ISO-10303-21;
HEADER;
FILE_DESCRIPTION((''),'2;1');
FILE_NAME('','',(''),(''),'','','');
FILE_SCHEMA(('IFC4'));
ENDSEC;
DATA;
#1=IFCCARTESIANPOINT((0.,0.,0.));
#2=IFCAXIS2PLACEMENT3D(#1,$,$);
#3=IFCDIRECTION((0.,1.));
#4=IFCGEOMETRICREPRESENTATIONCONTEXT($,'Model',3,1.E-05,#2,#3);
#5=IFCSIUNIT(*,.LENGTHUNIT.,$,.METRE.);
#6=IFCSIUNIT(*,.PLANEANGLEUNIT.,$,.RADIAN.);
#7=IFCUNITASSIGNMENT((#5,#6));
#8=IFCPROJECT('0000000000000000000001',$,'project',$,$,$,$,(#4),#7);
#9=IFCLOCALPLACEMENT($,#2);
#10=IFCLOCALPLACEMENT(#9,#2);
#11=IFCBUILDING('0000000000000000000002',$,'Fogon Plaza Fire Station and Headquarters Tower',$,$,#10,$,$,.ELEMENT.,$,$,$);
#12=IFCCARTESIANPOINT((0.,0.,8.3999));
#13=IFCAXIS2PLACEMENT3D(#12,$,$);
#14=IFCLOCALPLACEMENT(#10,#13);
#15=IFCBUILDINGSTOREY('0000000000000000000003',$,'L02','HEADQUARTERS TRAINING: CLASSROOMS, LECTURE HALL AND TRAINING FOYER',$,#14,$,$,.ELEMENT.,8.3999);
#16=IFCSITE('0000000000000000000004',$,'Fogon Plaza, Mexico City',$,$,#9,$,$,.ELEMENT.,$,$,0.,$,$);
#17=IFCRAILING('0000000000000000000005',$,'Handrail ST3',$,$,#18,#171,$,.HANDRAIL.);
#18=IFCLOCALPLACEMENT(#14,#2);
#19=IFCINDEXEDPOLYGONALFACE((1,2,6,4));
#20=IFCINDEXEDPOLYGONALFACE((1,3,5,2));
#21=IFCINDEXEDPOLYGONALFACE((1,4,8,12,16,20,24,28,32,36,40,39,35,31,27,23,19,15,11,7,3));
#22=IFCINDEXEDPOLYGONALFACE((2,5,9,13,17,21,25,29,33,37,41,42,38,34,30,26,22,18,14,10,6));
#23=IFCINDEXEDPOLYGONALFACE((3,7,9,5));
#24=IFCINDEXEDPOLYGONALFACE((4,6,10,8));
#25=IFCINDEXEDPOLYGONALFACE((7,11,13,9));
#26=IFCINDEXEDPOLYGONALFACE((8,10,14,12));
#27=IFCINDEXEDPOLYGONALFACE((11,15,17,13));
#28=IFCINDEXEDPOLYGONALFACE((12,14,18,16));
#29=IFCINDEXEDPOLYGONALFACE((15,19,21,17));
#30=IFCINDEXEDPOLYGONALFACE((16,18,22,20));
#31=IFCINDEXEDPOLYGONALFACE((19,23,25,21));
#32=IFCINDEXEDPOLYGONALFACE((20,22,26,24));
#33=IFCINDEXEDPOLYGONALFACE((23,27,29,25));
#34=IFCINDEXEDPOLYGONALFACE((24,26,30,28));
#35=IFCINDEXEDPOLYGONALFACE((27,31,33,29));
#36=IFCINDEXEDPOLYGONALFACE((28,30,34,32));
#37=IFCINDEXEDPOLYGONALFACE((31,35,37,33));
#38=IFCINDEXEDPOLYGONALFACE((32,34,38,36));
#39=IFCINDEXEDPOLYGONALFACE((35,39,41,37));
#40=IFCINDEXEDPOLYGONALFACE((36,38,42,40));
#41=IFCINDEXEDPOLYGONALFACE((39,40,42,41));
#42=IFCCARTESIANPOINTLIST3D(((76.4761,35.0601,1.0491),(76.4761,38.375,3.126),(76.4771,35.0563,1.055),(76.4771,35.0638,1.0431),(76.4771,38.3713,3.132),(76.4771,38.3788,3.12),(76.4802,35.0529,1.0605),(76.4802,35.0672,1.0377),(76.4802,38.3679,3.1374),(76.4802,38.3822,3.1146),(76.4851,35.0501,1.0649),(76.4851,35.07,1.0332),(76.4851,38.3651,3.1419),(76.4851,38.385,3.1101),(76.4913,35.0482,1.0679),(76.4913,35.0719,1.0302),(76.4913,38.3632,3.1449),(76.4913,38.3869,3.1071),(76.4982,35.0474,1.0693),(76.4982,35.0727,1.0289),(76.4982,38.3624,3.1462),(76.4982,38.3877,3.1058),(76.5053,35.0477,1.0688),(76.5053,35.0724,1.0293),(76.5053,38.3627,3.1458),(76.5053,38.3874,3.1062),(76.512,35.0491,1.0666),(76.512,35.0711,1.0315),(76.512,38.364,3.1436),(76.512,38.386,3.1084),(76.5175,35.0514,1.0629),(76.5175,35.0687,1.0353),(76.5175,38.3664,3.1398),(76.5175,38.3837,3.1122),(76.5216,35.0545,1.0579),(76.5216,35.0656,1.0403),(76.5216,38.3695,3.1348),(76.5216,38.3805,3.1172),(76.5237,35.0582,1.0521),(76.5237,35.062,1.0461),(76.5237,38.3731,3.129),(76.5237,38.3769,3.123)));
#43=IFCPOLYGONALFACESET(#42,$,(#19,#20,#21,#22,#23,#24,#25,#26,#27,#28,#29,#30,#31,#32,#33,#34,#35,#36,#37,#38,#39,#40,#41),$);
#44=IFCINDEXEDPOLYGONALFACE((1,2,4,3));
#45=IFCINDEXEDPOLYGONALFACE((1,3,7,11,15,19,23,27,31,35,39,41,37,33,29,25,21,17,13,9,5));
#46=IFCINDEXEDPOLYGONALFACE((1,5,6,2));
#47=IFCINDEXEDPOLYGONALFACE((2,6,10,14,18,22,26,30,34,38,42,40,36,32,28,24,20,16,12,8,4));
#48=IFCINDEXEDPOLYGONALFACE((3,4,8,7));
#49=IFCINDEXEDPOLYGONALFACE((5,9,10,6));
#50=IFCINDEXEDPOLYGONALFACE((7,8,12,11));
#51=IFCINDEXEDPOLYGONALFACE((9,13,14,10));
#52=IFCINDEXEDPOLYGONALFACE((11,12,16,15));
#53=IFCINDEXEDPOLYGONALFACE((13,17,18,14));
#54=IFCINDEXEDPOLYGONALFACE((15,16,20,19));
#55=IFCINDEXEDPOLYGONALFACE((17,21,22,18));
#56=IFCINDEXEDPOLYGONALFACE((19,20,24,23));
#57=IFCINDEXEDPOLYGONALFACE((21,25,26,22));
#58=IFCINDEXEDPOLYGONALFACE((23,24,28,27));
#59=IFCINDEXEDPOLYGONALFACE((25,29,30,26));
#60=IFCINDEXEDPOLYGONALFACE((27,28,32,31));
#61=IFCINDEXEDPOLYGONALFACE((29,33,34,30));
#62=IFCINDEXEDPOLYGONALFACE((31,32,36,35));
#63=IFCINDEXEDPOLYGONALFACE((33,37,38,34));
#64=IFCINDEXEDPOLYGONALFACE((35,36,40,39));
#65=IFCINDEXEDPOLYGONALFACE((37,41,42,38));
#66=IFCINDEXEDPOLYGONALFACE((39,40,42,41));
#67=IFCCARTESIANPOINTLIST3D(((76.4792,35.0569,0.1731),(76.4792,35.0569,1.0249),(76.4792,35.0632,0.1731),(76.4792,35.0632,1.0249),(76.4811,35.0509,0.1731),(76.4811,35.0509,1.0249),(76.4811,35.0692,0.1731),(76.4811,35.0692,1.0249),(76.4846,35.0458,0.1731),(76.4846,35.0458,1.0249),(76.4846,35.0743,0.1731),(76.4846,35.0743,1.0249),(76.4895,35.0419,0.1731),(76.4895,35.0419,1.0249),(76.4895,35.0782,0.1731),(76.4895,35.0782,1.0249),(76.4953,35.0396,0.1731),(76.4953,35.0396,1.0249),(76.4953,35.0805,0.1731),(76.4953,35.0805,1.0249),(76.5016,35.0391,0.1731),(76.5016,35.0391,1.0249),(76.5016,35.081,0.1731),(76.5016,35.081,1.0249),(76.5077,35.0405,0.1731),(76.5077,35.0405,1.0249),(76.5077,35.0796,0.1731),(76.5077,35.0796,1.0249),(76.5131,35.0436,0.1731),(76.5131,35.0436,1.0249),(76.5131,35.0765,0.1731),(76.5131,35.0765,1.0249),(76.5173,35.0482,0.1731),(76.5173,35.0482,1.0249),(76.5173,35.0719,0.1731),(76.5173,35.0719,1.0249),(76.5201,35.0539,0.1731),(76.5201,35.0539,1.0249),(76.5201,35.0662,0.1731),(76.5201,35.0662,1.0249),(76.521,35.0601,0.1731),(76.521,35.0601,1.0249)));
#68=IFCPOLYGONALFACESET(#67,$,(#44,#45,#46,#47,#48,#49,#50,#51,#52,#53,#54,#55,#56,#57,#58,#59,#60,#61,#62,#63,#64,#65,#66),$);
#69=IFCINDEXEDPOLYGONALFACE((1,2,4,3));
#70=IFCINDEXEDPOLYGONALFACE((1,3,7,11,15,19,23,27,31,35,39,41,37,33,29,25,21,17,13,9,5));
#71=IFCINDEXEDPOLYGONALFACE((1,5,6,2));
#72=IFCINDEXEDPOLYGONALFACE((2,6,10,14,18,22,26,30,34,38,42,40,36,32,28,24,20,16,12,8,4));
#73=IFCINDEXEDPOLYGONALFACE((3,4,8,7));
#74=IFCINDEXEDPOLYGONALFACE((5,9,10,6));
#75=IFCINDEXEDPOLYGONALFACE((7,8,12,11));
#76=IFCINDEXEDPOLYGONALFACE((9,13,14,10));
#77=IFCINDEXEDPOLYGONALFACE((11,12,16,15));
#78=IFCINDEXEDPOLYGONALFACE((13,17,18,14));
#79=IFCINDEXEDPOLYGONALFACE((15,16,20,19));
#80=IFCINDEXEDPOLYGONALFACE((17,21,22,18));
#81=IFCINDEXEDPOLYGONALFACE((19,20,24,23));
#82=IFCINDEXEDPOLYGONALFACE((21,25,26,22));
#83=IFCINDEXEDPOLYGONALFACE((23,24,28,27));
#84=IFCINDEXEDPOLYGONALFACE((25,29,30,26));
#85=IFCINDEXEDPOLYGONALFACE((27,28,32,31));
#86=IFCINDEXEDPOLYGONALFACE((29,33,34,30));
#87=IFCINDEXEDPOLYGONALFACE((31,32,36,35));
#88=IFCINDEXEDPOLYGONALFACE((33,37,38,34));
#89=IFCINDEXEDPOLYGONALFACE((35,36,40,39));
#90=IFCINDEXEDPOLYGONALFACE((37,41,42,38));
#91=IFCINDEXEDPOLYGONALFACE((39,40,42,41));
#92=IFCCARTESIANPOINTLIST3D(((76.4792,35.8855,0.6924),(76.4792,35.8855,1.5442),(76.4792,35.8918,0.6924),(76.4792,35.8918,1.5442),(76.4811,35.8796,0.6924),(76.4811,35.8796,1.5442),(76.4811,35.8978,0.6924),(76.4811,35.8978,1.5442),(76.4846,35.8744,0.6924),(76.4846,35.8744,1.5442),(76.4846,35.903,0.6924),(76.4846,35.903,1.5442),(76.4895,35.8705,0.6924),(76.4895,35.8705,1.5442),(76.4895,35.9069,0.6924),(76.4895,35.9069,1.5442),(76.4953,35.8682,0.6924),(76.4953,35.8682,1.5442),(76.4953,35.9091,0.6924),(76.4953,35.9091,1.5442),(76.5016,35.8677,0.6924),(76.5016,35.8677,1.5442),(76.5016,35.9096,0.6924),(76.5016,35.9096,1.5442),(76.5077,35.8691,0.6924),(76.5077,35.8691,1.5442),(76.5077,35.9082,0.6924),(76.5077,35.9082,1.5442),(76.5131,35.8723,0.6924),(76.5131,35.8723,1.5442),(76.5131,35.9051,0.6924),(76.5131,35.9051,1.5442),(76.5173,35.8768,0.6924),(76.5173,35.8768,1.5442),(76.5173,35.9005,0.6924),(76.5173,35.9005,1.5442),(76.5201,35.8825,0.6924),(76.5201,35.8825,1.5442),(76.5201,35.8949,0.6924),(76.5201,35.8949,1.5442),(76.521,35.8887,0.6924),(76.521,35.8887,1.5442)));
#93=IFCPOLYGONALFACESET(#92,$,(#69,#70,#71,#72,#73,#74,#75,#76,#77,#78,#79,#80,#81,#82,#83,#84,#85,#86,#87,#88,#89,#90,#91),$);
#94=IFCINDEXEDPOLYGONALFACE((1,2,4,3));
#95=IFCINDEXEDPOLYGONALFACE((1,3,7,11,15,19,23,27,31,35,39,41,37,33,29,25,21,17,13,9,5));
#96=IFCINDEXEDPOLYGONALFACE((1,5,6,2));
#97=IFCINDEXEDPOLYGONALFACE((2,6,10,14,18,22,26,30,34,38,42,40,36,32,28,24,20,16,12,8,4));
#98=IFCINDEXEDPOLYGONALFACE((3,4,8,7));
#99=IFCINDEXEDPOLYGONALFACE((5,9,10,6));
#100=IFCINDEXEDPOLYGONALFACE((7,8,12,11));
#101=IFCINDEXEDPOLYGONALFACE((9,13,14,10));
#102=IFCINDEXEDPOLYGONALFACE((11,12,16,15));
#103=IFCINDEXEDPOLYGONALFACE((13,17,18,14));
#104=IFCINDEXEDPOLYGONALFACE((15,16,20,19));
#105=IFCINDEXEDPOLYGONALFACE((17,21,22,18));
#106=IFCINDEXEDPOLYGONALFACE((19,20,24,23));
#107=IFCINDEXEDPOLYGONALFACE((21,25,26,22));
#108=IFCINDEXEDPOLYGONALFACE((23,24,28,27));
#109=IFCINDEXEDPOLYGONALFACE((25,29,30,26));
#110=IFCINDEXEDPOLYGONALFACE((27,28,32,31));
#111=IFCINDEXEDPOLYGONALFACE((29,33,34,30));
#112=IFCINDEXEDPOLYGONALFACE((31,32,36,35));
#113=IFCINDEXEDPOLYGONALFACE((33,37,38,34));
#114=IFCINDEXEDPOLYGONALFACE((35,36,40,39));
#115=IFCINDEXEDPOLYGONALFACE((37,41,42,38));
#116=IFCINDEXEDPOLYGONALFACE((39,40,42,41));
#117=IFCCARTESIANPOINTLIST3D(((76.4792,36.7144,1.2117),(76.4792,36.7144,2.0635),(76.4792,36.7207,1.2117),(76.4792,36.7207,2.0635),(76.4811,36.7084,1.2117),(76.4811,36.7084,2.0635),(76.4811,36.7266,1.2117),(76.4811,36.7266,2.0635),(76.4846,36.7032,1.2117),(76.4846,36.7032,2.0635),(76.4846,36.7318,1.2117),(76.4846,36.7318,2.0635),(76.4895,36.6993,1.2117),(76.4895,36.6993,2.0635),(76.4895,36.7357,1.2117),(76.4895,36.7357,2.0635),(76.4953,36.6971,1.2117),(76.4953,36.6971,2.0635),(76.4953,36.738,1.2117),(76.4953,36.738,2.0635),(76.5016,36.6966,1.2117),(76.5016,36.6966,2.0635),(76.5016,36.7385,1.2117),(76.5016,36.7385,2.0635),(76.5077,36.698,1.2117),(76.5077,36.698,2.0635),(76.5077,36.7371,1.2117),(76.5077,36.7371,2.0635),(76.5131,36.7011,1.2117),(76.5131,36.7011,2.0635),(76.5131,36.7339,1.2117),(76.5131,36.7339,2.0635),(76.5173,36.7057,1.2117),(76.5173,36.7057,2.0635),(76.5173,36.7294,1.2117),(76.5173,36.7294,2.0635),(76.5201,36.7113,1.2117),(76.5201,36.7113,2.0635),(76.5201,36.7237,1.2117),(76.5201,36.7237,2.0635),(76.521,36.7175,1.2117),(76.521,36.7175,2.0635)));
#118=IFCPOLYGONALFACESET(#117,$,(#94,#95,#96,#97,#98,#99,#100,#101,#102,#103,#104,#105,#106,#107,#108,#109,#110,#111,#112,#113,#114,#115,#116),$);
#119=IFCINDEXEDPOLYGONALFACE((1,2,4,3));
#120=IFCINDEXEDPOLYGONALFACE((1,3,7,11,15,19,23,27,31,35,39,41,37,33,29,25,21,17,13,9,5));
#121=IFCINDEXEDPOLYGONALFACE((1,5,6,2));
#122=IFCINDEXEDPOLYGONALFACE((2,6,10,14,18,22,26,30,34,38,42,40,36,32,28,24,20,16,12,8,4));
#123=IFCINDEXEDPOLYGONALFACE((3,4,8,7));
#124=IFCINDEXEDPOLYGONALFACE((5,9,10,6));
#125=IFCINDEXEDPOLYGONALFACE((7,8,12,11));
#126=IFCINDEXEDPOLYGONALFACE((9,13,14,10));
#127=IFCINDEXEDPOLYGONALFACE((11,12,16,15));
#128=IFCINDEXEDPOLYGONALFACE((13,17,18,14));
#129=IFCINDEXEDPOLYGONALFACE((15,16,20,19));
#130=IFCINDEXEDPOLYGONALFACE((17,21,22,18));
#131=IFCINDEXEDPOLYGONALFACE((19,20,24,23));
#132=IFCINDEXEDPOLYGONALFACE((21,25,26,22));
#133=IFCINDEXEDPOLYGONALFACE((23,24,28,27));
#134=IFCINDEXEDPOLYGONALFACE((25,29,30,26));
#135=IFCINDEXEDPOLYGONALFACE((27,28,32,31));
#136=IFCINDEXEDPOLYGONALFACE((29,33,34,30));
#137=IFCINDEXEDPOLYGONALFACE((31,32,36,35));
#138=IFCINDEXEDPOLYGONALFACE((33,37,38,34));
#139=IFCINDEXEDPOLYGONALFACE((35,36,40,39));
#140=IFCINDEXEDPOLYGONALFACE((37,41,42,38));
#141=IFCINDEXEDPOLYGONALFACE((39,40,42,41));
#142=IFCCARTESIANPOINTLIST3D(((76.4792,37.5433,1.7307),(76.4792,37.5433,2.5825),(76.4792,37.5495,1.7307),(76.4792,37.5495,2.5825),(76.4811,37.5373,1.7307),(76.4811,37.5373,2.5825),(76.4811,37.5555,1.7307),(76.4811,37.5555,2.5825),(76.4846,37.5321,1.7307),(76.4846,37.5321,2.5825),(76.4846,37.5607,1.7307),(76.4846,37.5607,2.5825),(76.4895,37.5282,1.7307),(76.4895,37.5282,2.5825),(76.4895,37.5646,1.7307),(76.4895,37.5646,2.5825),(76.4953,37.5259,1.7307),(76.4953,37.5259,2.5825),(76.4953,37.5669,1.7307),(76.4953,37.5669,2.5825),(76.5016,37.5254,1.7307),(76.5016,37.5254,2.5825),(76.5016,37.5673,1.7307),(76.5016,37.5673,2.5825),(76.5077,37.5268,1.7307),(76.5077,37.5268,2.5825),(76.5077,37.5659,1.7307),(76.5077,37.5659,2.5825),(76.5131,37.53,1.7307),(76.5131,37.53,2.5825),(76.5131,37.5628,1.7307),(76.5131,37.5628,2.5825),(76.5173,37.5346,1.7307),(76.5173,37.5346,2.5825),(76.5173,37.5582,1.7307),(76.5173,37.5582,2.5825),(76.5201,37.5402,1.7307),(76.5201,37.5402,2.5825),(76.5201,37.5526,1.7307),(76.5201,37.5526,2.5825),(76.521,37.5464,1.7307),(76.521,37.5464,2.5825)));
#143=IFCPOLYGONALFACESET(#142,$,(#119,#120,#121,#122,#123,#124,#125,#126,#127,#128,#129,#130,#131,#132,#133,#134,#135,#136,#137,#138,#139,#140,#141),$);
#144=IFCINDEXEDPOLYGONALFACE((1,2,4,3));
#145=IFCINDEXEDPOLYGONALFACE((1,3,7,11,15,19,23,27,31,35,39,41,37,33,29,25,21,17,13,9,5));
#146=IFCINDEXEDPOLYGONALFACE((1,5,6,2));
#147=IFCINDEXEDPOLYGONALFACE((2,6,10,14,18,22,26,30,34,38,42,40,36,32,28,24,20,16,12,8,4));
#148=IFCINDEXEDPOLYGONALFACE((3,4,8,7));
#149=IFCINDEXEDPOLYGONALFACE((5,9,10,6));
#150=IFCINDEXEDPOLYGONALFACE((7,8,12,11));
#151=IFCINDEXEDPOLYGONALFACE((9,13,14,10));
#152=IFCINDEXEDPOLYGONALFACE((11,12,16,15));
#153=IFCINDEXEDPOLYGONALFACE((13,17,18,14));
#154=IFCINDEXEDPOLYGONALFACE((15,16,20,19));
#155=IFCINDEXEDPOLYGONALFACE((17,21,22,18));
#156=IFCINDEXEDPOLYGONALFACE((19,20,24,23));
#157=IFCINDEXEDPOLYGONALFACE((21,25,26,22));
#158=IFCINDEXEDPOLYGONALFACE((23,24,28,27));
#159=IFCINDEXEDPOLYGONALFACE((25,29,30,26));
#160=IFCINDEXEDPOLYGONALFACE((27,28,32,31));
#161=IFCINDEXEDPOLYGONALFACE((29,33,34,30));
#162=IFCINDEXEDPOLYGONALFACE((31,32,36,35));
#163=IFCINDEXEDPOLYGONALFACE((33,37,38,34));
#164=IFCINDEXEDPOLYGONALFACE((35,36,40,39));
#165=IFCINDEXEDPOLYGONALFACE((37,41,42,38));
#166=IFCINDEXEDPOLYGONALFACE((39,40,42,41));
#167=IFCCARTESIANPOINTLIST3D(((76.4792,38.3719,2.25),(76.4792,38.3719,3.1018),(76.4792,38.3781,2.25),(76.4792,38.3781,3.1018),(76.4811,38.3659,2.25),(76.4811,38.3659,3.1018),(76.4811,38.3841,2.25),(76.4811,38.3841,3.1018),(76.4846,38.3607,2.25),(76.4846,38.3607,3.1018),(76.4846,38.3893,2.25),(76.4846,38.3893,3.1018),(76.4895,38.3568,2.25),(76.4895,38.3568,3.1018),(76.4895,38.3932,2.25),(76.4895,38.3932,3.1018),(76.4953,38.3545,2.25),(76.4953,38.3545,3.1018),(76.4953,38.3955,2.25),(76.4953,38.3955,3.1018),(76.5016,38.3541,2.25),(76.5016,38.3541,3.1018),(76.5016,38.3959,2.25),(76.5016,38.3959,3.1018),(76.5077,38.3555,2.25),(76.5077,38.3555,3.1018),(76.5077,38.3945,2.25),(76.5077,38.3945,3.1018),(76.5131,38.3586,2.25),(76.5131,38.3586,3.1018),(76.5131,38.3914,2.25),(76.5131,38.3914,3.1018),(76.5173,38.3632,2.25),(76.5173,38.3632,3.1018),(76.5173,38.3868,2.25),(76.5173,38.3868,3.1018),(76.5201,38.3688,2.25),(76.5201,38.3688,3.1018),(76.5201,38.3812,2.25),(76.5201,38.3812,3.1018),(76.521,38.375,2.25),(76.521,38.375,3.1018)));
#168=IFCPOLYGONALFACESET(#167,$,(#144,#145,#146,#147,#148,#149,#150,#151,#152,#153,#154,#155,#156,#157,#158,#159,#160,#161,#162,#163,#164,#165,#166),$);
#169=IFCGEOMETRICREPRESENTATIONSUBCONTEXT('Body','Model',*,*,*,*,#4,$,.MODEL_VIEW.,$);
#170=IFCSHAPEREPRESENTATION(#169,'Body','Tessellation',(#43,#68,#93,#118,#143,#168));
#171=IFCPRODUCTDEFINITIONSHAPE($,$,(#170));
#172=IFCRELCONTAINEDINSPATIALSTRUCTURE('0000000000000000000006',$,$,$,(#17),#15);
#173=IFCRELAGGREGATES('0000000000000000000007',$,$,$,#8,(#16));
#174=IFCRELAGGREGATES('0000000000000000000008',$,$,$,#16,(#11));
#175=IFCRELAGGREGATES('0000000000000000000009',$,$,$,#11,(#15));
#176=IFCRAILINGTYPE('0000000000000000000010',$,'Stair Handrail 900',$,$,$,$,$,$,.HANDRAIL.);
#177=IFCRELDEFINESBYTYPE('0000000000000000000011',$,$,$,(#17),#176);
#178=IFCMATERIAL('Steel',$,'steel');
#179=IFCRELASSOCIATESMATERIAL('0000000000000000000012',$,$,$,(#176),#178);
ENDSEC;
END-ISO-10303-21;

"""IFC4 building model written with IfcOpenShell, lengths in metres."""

from ifc_helpers import new_model, si_unit, direction, frame, origin, origin_2d, place, context, subcontext, project, spatial, circle, extrude, material, type_object, element, save


model = new_model("IFC4")

# Units and contexts
model_context = context("Model", 3, precision=1e-05, world=origin(), true_north=direction((0.0, 1.0)))
body_context = subcontext(model_context, "Body", "Model", "MODEL_VIEW")
ifc_project = project(units=[si_unit("LENGTHUNIT", "METRE"), si_unit("PLANEANGLEUNIT", "RADIAN")], contexts=[model_context])

# Site, building, storey
site_placement = place(None, origin())
site = spatial("IfcSite", under=ifc_project, at=site_placement, Name="Fogon Plaza, Mexico City", CompositionType="ELEMENT", RefElevation=0.0)
building_placement = place(site_placement, origin())
building = spatial("IfcBuilding", under=site, at=building_placement, Name="Fogon Plaza Fire Station and Headquarters Tower", CompositionType="ELEMENT")
storey_placement = place(building_placement, frame((0.0, 0.0, 8.3999)))
storey = spatial("IfcBuildingStorey", under=building, at=storey_placement, Name="L02", Description="HEADQUARTERS TRAINING: CLASSROOMS, LECTURE HALL AND TRAINING FOYER", CompositionType="ELEMENT", Elevation=8.3999)

# Railing
ifc_material_1 = material(Name="Steel", Category="steel")
railing_type = type_object("IfcRailingType", Name="Stair Handrail 900", PredefinedType="HANDRAIL", material=ifc_material_1)
for number, where, name in (
    (1, (76.5, 35.0601, 0.1731), "Handrail ST3"),
):
    element("IfcRailing", number, at=place(storey_placement, frame(where)), inside=storey, type_object=railing_type, Name=name, PredefinedType="HANDRAIL", context=body_context, shape_type="SweptSolid", body=[
        extrude(circle(Radius=0.0239, at=origin_2d()), frame((0.0, 0.0, 0.876), z_axis=(0.0, 0.847416, 0.53093), x_axis=(-1.0, 0.0, 0.0)), (0.0, 0.0, 1.0), 3.9119),
        extrude(circle(Radius=0.021, at=origin_2d()), origin(), (0.0, 0.0, 1.0), 0.8518),
        extrude(circle(Radius=0.021, at=origin_2d()), frame((0.0, 0.8286, 0.5193)), (0.0, 0.0, 1.0), 0.8518),
        extrude(circle(Radius=0.021, at=origin_2d()), frame((0.0, 1.6575, 1.0386)), (0.0, 0.0, 1.0), 0.8518),
        extrude(circle(Radius=0.021, at=origin_2d()), frame((0.0, 2.4863, 1.5576)), (0.0, 0.0, 1.0), 0.8518),
        extrude(circle(Radius=0.021, at=origin_2d()), frame((0.0, 3.3149, 2.0769)), (0.0, 0.0, 1.0), 0.8518),
    ])

save(model, "model.ifc")
